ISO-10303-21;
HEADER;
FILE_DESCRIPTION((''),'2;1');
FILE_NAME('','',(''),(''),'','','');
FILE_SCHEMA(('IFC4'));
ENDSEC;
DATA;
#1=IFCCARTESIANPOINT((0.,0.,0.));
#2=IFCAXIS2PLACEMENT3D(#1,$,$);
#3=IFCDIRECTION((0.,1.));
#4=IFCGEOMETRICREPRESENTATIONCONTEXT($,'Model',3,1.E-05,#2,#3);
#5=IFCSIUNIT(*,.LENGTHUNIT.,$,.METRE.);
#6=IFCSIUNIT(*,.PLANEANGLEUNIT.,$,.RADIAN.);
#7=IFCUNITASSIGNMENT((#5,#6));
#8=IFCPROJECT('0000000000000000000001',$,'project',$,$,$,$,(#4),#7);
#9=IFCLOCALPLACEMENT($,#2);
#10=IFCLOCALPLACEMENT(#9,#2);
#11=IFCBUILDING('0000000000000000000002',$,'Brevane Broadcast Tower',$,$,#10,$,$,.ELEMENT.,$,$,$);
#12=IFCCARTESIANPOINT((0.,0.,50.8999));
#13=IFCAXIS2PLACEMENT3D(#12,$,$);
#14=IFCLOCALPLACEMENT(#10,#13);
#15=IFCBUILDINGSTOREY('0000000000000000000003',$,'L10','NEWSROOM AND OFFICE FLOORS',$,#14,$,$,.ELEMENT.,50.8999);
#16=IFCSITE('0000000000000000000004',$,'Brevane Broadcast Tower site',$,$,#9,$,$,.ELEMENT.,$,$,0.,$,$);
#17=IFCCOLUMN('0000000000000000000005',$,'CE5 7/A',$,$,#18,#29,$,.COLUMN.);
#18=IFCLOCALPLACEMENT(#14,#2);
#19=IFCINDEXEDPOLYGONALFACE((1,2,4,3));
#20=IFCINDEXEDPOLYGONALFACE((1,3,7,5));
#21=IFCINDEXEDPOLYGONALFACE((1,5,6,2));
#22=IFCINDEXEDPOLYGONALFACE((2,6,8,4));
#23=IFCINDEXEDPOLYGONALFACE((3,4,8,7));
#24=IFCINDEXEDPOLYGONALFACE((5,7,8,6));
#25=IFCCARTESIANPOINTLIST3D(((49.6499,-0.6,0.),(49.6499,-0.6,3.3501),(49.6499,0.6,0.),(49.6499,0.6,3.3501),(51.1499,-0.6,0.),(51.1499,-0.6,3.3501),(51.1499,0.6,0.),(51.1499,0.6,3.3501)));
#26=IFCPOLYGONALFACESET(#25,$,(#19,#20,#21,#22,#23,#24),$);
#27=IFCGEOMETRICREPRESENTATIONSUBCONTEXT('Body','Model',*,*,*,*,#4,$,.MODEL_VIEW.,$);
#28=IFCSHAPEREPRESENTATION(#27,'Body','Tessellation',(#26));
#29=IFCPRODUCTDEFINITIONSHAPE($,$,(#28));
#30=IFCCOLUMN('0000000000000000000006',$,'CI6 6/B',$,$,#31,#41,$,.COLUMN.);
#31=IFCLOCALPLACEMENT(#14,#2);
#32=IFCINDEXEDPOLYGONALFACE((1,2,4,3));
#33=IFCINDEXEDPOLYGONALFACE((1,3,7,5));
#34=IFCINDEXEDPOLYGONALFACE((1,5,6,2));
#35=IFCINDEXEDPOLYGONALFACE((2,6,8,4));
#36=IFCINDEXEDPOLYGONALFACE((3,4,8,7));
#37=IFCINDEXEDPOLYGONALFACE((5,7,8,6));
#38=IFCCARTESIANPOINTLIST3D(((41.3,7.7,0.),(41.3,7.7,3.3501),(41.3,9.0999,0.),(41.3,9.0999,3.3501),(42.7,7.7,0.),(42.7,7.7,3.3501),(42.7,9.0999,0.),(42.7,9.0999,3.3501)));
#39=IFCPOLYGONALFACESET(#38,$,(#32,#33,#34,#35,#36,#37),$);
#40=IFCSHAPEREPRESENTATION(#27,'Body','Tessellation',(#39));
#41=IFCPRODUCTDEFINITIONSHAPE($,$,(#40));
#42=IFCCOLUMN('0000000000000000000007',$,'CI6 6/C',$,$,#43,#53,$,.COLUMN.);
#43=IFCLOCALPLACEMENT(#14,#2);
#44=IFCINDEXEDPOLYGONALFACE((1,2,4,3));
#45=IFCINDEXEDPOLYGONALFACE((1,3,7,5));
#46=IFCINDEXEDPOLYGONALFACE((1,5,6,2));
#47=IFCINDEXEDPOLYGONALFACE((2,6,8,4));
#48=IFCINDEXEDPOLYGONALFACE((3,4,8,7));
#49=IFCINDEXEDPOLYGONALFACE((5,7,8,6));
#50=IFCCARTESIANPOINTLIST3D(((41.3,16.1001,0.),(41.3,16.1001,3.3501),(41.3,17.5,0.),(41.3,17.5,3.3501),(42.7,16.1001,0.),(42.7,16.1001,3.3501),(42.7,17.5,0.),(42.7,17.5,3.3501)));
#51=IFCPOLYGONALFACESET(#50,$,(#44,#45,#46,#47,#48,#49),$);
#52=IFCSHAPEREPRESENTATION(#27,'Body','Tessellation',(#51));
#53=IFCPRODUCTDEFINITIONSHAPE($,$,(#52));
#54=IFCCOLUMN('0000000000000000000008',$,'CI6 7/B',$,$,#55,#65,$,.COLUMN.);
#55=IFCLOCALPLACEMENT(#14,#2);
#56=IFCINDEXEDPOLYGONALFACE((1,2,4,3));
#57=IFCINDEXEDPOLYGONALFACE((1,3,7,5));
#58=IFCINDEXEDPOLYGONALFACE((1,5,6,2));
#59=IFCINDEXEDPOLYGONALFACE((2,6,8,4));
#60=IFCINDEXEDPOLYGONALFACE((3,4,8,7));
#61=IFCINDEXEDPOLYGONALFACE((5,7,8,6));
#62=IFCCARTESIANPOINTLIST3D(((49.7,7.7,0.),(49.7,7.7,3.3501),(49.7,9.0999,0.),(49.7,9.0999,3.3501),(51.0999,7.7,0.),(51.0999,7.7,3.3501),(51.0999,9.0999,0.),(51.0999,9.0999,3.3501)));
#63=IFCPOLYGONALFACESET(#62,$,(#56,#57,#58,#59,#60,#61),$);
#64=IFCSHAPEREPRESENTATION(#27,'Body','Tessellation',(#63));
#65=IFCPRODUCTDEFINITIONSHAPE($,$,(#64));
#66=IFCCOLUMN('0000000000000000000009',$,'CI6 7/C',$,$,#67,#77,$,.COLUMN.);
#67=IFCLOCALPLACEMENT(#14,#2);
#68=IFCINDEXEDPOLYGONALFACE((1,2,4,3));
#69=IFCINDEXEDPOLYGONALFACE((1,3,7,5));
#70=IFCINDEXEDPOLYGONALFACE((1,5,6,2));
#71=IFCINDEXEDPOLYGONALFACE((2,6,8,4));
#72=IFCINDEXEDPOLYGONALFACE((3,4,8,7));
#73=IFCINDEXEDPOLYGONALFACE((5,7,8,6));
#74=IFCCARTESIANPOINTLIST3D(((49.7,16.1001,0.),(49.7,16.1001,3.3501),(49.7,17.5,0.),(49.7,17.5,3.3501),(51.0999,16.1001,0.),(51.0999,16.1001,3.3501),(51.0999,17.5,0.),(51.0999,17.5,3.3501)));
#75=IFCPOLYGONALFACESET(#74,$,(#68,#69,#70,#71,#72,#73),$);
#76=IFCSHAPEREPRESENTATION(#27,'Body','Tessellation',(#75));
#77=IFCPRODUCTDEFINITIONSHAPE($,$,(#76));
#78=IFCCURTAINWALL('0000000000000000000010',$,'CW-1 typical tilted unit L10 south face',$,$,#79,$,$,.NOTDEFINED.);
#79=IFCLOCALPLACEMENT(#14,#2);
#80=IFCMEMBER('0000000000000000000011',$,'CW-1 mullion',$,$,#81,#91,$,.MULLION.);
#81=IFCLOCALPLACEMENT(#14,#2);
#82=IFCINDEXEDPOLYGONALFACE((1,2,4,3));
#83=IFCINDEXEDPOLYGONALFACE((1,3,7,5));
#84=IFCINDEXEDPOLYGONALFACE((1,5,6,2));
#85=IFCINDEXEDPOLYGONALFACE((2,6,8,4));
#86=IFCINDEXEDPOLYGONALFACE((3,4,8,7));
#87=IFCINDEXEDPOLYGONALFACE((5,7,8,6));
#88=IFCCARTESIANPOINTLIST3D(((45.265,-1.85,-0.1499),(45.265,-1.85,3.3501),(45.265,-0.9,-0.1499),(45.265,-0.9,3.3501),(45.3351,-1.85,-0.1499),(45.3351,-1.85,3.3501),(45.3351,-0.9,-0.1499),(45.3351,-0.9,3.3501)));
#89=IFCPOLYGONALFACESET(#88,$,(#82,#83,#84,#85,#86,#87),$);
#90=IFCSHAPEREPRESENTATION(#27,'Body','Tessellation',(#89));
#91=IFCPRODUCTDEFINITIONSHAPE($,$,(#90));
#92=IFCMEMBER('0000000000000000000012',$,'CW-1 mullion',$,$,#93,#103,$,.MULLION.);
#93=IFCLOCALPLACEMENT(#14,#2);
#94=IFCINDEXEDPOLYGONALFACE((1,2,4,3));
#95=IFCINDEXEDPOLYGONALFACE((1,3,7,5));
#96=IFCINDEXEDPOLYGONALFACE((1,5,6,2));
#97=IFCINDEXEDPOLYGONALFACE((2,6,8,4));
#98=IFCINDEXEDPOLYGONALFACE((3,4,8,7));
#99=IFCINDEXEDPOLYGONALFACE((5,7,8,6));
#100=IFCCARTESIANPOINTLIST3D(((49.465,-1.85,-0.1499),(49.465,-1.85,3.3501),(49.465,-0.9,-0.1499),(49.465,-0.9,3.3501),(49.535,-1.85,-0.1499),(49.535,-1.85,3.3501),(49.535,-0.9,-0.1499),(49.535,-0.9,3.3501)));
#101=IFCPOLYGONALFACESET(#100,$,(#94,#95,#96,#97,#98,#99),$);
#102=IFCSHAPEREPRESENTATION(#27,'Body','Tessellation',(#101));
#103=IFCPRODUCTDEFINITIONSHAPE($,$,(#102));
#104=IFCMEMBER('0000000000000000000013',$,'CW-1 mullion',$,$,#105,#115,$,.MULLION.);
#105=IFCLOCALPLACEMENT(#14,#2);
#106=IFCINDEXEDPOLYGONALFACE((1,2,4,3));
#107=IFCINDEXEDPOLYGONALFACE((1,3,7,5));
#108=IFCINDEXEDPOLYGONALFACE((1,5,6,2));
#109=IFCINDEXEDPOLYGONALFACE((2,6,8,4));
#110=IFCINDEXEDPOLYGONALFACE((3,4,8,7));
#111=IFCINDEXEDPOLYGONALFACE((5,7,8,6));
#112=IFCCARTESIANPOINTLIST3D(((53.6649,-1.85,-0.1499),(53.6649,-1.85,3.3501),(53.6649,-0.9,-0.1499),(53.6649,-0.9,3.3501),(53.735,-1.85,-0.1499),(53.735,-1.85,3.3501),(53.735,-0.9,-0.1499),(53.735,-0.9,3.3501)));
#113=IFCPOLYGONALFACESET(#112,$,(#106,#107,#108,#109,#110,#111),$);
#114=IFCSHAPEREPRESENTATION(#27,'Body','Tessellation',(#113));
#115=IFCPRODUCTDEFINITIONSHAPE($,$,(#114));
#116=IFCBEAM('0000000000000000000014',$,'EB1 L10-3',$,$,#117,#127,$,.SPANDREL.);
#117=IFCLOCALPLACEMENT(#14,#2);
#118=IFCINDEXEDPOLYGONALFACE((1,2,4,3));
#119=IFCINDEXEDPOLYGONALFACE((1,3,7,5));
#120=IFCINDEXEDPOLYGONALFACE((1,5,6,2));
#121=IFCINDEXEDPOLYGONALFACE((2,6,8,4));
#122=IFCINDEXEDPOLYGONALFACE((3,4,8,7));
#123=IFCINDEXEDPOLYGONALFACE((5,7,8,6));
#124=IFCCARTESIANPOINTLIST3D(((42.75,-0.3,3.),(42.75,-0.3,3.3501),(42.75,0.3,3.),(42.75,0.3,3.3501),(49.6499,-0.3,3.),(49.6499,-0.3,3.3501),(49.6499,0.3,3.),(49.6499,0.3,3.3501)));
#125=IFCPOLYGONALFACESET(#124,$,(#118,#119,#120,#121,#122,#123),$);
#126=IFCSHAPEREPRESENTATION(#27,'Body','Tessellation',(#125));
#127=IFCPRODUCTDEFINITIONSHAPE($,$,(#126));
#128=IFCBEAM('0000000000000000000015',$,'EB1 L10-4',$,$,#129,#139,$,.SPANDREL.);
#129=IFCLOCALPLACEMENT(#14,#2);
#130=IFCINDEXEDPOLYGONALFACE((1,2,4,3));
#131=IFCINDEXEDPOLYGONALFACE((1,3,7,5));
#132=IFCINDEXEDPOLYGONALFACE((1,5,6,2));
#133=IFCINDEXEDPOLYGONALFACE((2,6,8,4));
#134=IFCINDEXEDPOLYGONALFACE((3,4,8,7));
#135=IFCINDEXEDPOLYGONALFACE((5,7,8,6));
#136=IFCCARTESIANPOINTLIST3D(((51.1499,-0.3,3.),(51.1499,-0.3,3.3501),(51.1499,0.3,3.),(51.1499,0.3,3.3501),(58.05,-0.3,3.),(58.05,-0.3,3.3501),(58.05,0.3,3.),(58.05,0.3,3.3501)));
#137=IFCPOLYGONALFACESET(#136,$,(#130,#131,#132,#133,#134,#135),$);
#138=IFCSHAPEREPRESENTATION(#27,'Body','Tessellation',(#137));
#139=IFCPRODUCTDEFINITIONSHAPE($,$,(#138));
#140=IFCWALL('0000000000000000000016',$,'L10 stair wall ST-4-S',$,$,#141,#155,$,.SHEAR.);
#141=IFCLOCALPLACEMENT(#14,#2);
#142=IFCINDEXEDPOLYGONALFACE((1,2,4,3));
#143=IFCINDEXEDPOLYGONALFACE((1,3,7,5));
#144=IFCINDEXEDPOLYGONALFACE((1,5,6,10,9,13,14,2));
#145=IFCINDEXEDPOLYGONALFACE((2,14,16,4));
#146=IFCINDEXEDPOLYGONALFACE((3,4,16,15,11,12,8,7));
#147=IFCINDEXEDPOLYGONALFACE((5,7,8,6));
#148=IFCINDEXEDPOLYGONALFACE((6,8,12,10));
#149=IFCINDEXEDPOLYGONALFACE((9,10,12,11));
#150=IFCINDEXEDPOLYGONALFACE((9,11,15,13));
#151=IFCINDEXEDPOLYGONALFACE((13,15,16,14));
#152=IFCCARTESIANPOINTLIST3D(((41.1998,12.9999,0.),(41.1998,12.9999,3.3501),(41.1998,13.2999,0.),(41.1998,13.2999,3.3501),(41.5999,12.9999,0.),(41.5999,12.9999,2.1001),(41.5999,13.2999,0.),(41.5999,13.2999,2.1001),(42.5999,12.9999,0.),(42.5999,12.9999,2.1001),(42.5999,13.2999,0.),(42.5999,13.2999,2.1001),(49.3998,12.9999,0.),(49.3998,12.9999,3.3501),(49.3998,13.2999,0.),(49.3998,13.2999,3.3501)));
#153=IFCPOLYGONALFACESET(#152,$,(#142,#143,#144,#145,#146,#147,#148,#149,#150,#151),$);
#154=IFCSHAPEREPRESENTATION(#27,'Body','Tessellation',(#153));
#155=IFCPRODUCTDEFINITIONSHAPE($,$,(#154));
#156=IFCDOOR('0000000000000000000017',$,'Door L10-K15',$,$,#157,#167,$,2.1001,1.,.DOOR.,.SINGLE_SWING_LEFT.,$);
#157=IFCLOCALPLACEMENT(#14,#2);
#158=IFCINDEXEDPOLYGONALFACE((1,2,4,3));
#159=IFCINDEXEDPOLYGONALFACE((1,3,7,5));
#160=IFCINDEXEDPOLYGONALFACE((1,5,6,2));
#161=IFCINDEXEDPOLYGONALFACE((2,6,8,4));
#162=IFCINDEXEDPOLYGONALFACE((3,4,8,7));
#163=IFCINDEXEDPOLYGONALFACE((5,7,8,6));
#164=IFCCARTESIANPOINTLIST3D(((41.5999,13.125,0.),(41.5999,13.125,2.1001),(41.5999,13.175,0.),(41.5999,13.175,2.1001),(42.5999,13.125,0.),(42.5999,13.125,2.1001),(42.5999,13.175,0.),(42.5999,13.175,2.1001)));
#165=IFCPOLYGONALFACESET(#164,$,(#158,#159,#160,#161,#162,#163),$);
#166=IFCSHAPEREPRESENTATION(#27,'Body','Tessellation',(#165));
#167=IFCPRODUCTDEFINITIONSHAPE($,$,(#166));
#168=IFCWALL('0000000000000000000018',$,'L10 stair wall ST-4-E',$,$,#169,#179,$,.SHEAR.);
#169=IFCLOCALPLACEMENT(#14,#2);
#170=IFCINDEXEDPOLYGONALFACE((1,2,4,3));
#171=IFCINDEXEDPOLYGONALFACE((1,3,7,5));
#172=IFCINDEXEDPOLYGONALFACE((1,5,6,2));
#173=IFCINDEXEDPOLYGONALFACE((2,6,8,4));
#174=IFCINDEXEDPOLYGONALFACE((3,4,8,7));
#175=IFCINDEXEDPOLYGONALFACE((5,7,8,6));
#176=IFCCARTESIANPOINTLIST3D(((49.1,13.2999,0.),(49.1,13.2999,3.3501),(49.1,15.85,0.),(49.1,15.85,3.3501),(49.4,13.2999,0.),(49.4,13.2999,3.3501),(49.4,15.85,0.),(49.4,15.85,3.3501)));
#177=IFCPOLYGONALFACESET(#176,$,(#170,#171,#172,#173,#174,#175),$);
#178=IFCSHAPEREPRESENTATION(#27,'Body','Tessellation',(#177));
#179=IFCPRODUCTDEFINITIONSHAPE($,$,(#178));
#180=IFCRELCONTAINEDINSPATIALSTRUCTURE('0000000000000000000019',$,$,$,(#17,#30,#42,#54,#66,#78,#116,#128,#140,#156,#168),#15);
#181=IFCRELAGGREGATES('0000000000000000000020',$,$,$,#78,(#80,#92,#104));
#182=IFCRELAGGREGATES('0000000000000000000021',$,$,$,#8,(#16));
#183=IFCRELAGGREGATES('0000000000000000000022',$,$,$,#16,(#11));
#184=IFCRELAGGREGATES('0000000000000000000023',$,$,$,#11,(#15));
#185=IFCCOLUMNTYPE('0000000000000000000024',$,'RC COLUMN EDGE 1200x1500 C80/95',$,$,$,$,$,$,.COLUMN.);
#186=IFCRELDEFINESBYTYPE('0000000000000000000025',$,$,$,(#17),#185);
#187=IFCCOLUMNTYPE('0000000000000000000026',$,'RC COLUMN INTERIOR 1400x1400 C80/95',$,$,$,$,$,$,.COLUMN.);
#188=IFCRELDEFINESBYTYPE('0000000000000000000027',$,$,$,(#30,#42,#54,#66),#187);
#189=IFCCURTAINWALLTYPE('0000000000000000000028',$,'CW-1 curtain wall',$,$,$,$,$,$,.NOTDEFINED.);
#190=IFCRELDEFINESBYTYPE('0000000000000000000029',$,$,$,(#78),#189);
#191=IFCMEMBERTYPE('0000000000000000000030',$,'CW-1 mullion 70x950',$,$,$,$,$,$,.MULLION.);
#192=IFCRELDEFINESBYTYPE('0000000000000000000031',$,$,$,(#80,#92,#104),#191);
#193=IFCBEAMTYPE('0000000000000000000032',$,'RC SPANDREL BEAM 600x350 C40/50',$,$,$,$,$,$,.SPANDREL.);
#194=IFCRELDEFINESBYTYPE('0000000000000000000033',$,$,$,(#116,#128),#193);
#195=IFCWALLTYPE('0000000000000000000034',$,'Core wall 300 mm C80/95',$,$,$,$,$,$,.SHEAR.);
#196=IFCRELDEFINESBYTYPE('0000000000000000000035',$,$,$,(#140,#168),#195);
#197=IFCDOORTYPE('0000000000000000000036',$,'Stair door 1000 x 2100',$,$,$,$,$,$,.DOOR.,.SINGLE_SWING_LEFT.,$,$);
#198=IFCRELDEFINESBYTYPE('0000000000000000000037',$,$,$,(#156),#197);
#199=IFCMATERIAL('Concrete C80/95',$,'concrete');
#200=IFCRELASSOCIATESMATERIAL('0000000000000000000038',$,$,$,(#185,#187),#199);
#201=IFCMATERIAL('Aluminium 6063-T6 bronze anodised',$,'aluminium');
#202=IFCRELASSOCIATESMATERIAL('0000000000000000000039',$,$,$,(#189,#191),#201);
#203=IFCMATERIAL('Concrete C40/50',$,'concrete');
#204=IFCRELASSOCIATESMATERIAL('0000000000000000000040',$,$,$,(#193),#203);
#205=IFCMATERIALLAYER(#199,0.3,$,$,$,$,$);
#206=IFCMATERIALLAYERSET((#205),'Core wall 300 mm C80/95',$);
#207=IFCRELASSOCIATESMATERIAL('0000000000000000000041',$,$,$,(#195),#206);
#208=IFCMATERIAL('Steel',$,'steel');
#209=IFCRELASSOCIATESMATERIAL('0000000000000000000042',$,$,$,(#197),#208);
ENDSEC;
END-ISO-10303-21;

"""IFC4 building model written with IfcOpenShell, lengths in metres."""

from ifc_helpers import new_model, si_unit, direction, frame, frame_2d, origin, origin_2d, place, context, subcontext, project, spatial, rectangle, extrude, material, layer, layer_set, material_profile, profile_set, type_object, element, fill, aggregate, save


model = new_model("IFC4")

# Units and contexts
model_context = context("Model", 3, precision=1e-05, world=origin(), true_north=direction((0.0, 1.0)))
body_context = subcontext(model_context, "Body", "Model", "MODEL_VIEW")
ifc_project = project(units=[si_unit("LENGTHUNIT", "METRE"), si_unit("PLANEANGLEUNIT", "RADIAN")], contexts=[model_context])

# Site, building, storey
site_placement = place(None, origin())
site = spatial("IfcSite", under=ifc_project, at=site_placement, Name="Brevane Broadcast Tower site", CompositionType="ELEMENT", RefElevation=0.0)
building_placement = place(site_placement, origin())
building = spatial("IfcBuilding", under=site, at=building_placement, Name="Brevane Broadcast Tower", CompositionType="ELEMENT")
storey_placement = place(building_placement, frame((0.0, 0.0, 50.8999)))
storey = spatial("IfcBuildingStorey", under=building, at=storey_placement, Name="L10", Description="NEWSROOM AND OFFICE FLOORS", CompositionType="ELEMENT", Elevation=50.8999)

# Columns
ifc_material_1 = material(Name="Concrete C80/95", Category="concrete")
ifc_material_profile_1 = material_profile(ifc_material_1, rectangle(XDim=1.2, YDim=1.5, at=origin_2d()), Name="RC 1200x1500")
ifc_profile_set_1 = profile_set([ifc_material_profile_1], Name="Concrete C80/95")
column_type_1 = type_object("IfcColumnType", Name="RC COLUMN EDGE 1200x1500 C80/95", PredefinedType="COLUMN", material=ifc_profile_set_1)
column_placement = place(storey_placement, frame((50.3999, 0.0, 0.0), z_axis=(0.0, 0.0, 1.0), x_axis=(0.0, 1.0, 0.0)))
element("IfcColumn", 1, at=column_placement, inside=storey, type_object=column_type_1, Name="CE5 7/A", PredefinedType="COLUMN", context=body_context, shape_type="SweptSolid", body=[
    extrude(rectangle(XDim=1.2, YDim=1.5, at=origin_2d()), origin(), (0.0, 0.0, 1.0), 3.3501),
])
ifc_material_profile_2 = material_profile(ifc_material_1, rectangle(XDim=1.3999, YDim=1.3999, at=origin_2d()), Name="RC 1400x1400")
ifc_profile_set_2 = profile_set([ifc_material_profile_2], Name="Concrete C80/95")
column_type_2 = type_object("IfcColumnType", Name="RC COLUMN INTERIOR 1400x1400 C80/95", PredefinedType="COLUMN", material=ifc_profile_set_2)
for number, where, z_axis, x_axis, name in (
    (2, (42.0, 8.3999, 0.0), (0.0, 0.0, 1.0), (1.0, 0.0, 0.0), "CI6 6/B"),
    (3, (42.0, 16.8, 0.0), (0.0, 0.0, 1.0), (1.0, 0.0, 0.0), "CI6 6/C"),
    (4, (50.3999, 8.3999, 0.0), (0.0, 0.0, 1.0), (1.0, 0.0, 0.0), "CI6 7/B"),
    (5, (50.3999, 16.8, 0.0), (0.0, 0.0, 1.0), (1.0, 0.0, 0.0), "CI6 7/C"),
):
    element("IfcColumn", number, at=place(storey_placement, frame(where, z_axis=z_axis, x_axis=x_axis)), inside=storey, type_object=column_type_2, Name=name, PredefinedType="COLUMN", context=body_context, shape_type="SweptSolid", body=[
        extrude(rectangle(XDim=1.3999, YDim=1.3999, at=origin_2d()), origin(), (0.0, 0.0, 1.0), 3.3501),
    ])

# Curtain wall, members
ifc_material_2 = material(Name="Aluminium 6063-T6 bronze anodised", Category="aluminium")
curtain_wall_type = type_object("IfcCurtainWallType", Name="CW-1 curtain wall", PredefinedType="NOTDEFINED", material=ifc_material_2)
curtain_wall_placement = place(storey_placement, origin())
curtain_wall = element("IfcCurtainWall", 6, at=curtain_wall_placement, inside=storey, type_object=curtain_wall_type, Name="CW-1 typical tilted unit L10 south face", PredefinedType="NOTDEFINED")
ifc_material_profile_3 = material_profile(ifc_material_2, rectangle(XDim=0.95, YDim=0.0701, at=origin_2d()), Name="RECT 70x950")
ifc_profile_set_3 = profile_set([ifc_material_profile_3], Name="Aluminium 6063-T6 bronze anodised")
member_type = type_object("IfcMemberType", Name="CW-1 mullion 70x950", PredefinedType="MULLION", material=ifc_profile_set_3)
member_1_placement = place(storey_placement, frame((45.3, -1.375, -0.1499), z_axis=(0.0, 0.0, 1.0), x_axis=(0.0, 1.0, 0.0)))
member_1 = element("IfcMember", 7, at=member_1_placement, type_object=member_type, Name="CW-1 mullion", PredefinedType="MULLION", context=body_context, shape_type="SweptSolid", body=[
    extrude(rectangle(XDim=0.95, YDim=0.0701, at=origin_2d()), origin(), (0.0, 0.0, 1.0), 3.5),
])
member_2_placement = place(storey_placement, frame((49.5, -1.375, -0.1499), z_axis=(0.0, 0.0, 1.0), x_axis=(0.0, 1.0, 0.0)))
member_2 = element("IfcMember", 8, at=member_2_placement, type_object=member_type, Name="CW-1 mullion", PredefinedType="MULLION", context=body_context, shape_type="SweptSolid", body=[
    extrude(rectangle(XDim=0.95, YDim=0.0701, at=origin_2d()), origin(), (0.0, 0.0, 1.0), 3.5),
])
member_3_placement = place(storey_placement, frame((53.7, -1.375, -0.1499), z_axis=(0.0, 0.0, 1.0), x_axis=(0.0, 1.0, 0.0)))
member_3 = element("IfcMember", 9, at=member_3_placement, type_object=member_type, Name="CW-1 mullion", PredefinedType="MULLION", context=body_context, shape_type="SweptSolid", body=[
    extrude(rectangle(XDim=0.95, YDim=0.0701, at=origin_2d()), origin(), (0.0, 0.0, 1.0), 3.5),
])
aggregate(curtain_wall, [member_1, member_2, member_3])

# Beams
ifc_material_3 = material(Name="Concrete C40/50", Category="concrete")
ifc_material_profile_4 = material_profile(ifc_material_3, rectangle(XDim=0.6001, YDim=0.3501, at=origin_2d()), Name="RC 600x350")
ifc_profile_set_4 = profile_set([ifc_material_profile_4], Name="Concrete C40/50")
beam_type = type_object("IfcBeamType", Name="RC SPANDREL BEAM 600x350 C40/50", PredefinedType="SPANDREL", material=ifc_profile_set_4)
beam_1_placement = place(storey_placement, frame((42.75, 0.0, 3.175), z_axis=(1.0, 0.0, 0.0), x_axis=(0.0, 1.0, 0.0)))
element("IfcBeam", 10, at=beam_1_placement, inside=storey, type_object=beam_type, Name="EB1 L10-3", PredefinedType="SPANDREL", context=body_context, shape_type="SweptSolid", body=[
    extrude(rectangle(XDim=0.6001, YDim=0.3501, at=origin_2d()), origin(), (0.0, 0.0, 1.0), 6.8999),
])
beam_2_placement = place(storey_placement, frame((51.1499, 0.0, 3.175), z_axis=(1.0, 0.0, 0.0), x_axis=(0.0, 1.0, 0.0)))
element("IfcBeam", 11, at=beam_2_placement, inside=storey, type_object=beam_type, Name="EB1 L10-4", PredefinedType="SPANDREL", context=body_context, shape_type="SweptSolid", body=[
    extrude(rectangle(XDim=0.6001, YDim=0.3501, at=origin_2d()), origin(), (0.0, 0.0, 1.0), 6.9001),
])

# Wall, opening, door
ifc_layer_1 = layer(ifc_material_1, 0.3)
ifc_layer_set_1 = layer_set([ifc_layer_1], Name="Core wall 300 mm C80/95")
wall_type_1 = type_object("IfcWallType", Name="Core wall 300 mm C80/95", PredefinedType="SHEAR", material=ifc_layer_set_1)
wall_1_placement = place(storey_placement, frame((49.3999, 13.1499, 0.0), z_axis=(0.0, 0.0, 1.0), x_axis=(-1.0, 0.0, 0.0)))
wall_1 = element("IfcWall", 12, at=wall_1_placement, inside=storey, type_object=wall_type_1, Name="L10 stair wall ST-4-S", PredefinedType="SHEAR", context=body_context, shape_type="SweptSolid", body=[
    extrude(rectangle(XDim=8.2, YDim=0.3, at=frame_2d((4.1001, 0.0))), origin(), (0.0, 0.0, 1.0), 3.3501),
])
opening_1_placement = place(wall_1_placement, frame((6.8, 0.0, 0.0)))
opening_1 = element("IfcOpeningElement", 13, at=opening_1_placement, cuts=wall_1, PredefinedType="OPENING", context=body_context, shape_type="SweptSolid", body=[
    extrude(rectangle(XDim=1.0, YDim=2.1001, at=frame_2d((0.5, 1.05))), frame((0.0, 0.1599, 0.0), z_axis=(0.0, -1.0, 0.0), x_axis=(1.0, 0.0, 0.0)), (0.0, 0.0, 1.0), 0.3201),
])
ifc_material_4 = material(Name="Steel", Category="steel")
door_type_1 = type_object("IfcDoorType", Name="Stair door 1000 x 2100", OperationType="SINGLE_SWING_LEFT", PredefinedType="DOOR", material=ifc_material_4)
door_1_placement = place(opening_1_placement, origin())
door_1 = element("IfcDoor", 14, at=door_1_placement, inside=storey, type_object=door_type_1, Name="Door L10-K15", OperationType="SINGLE_SWING_LEFT", OverallHeight=2.1001, OverallWidth=1.0, PredefinedType="DOOR", context=body_context, shape_type="SweptSolid", body=[
    extrude(rectangle(XDim=1.0, YDim=2.1001, at=frame_2d((0.5, 1.05))), frame((0.0, 0.0249, 0.0), z_axis=(0.0, -1.0, 0.0), x_axis=(1.0, 0.0, 0.0)), (0.0, 0.0, 1.0), 0.05),
])
fill(opening_1, door_1)

# Wall
wall_2_placement = place(storey_placement, frame((49.25, 13.3, 0.0), z_axis=(0.0, 0.0, 1.0), x_axis=(0.0, 1.0, 0.0)))
element("IfcWall", 15, at=wall_2_placement, inside=storey, type_object=wall_type_1, Name="L10 stair wall ST-4-E", PredefinedType="SHEAR", context=body_context, shape_type="SweptSolid", body=[
    extrude(rectangle(XDim=2.55, YDim=0.3, at=frame_2d((1.2749, 0.0))), origin(), (0.0, 0.0, 1.0), 3.3501),
])

save(model, "model.ifc")
